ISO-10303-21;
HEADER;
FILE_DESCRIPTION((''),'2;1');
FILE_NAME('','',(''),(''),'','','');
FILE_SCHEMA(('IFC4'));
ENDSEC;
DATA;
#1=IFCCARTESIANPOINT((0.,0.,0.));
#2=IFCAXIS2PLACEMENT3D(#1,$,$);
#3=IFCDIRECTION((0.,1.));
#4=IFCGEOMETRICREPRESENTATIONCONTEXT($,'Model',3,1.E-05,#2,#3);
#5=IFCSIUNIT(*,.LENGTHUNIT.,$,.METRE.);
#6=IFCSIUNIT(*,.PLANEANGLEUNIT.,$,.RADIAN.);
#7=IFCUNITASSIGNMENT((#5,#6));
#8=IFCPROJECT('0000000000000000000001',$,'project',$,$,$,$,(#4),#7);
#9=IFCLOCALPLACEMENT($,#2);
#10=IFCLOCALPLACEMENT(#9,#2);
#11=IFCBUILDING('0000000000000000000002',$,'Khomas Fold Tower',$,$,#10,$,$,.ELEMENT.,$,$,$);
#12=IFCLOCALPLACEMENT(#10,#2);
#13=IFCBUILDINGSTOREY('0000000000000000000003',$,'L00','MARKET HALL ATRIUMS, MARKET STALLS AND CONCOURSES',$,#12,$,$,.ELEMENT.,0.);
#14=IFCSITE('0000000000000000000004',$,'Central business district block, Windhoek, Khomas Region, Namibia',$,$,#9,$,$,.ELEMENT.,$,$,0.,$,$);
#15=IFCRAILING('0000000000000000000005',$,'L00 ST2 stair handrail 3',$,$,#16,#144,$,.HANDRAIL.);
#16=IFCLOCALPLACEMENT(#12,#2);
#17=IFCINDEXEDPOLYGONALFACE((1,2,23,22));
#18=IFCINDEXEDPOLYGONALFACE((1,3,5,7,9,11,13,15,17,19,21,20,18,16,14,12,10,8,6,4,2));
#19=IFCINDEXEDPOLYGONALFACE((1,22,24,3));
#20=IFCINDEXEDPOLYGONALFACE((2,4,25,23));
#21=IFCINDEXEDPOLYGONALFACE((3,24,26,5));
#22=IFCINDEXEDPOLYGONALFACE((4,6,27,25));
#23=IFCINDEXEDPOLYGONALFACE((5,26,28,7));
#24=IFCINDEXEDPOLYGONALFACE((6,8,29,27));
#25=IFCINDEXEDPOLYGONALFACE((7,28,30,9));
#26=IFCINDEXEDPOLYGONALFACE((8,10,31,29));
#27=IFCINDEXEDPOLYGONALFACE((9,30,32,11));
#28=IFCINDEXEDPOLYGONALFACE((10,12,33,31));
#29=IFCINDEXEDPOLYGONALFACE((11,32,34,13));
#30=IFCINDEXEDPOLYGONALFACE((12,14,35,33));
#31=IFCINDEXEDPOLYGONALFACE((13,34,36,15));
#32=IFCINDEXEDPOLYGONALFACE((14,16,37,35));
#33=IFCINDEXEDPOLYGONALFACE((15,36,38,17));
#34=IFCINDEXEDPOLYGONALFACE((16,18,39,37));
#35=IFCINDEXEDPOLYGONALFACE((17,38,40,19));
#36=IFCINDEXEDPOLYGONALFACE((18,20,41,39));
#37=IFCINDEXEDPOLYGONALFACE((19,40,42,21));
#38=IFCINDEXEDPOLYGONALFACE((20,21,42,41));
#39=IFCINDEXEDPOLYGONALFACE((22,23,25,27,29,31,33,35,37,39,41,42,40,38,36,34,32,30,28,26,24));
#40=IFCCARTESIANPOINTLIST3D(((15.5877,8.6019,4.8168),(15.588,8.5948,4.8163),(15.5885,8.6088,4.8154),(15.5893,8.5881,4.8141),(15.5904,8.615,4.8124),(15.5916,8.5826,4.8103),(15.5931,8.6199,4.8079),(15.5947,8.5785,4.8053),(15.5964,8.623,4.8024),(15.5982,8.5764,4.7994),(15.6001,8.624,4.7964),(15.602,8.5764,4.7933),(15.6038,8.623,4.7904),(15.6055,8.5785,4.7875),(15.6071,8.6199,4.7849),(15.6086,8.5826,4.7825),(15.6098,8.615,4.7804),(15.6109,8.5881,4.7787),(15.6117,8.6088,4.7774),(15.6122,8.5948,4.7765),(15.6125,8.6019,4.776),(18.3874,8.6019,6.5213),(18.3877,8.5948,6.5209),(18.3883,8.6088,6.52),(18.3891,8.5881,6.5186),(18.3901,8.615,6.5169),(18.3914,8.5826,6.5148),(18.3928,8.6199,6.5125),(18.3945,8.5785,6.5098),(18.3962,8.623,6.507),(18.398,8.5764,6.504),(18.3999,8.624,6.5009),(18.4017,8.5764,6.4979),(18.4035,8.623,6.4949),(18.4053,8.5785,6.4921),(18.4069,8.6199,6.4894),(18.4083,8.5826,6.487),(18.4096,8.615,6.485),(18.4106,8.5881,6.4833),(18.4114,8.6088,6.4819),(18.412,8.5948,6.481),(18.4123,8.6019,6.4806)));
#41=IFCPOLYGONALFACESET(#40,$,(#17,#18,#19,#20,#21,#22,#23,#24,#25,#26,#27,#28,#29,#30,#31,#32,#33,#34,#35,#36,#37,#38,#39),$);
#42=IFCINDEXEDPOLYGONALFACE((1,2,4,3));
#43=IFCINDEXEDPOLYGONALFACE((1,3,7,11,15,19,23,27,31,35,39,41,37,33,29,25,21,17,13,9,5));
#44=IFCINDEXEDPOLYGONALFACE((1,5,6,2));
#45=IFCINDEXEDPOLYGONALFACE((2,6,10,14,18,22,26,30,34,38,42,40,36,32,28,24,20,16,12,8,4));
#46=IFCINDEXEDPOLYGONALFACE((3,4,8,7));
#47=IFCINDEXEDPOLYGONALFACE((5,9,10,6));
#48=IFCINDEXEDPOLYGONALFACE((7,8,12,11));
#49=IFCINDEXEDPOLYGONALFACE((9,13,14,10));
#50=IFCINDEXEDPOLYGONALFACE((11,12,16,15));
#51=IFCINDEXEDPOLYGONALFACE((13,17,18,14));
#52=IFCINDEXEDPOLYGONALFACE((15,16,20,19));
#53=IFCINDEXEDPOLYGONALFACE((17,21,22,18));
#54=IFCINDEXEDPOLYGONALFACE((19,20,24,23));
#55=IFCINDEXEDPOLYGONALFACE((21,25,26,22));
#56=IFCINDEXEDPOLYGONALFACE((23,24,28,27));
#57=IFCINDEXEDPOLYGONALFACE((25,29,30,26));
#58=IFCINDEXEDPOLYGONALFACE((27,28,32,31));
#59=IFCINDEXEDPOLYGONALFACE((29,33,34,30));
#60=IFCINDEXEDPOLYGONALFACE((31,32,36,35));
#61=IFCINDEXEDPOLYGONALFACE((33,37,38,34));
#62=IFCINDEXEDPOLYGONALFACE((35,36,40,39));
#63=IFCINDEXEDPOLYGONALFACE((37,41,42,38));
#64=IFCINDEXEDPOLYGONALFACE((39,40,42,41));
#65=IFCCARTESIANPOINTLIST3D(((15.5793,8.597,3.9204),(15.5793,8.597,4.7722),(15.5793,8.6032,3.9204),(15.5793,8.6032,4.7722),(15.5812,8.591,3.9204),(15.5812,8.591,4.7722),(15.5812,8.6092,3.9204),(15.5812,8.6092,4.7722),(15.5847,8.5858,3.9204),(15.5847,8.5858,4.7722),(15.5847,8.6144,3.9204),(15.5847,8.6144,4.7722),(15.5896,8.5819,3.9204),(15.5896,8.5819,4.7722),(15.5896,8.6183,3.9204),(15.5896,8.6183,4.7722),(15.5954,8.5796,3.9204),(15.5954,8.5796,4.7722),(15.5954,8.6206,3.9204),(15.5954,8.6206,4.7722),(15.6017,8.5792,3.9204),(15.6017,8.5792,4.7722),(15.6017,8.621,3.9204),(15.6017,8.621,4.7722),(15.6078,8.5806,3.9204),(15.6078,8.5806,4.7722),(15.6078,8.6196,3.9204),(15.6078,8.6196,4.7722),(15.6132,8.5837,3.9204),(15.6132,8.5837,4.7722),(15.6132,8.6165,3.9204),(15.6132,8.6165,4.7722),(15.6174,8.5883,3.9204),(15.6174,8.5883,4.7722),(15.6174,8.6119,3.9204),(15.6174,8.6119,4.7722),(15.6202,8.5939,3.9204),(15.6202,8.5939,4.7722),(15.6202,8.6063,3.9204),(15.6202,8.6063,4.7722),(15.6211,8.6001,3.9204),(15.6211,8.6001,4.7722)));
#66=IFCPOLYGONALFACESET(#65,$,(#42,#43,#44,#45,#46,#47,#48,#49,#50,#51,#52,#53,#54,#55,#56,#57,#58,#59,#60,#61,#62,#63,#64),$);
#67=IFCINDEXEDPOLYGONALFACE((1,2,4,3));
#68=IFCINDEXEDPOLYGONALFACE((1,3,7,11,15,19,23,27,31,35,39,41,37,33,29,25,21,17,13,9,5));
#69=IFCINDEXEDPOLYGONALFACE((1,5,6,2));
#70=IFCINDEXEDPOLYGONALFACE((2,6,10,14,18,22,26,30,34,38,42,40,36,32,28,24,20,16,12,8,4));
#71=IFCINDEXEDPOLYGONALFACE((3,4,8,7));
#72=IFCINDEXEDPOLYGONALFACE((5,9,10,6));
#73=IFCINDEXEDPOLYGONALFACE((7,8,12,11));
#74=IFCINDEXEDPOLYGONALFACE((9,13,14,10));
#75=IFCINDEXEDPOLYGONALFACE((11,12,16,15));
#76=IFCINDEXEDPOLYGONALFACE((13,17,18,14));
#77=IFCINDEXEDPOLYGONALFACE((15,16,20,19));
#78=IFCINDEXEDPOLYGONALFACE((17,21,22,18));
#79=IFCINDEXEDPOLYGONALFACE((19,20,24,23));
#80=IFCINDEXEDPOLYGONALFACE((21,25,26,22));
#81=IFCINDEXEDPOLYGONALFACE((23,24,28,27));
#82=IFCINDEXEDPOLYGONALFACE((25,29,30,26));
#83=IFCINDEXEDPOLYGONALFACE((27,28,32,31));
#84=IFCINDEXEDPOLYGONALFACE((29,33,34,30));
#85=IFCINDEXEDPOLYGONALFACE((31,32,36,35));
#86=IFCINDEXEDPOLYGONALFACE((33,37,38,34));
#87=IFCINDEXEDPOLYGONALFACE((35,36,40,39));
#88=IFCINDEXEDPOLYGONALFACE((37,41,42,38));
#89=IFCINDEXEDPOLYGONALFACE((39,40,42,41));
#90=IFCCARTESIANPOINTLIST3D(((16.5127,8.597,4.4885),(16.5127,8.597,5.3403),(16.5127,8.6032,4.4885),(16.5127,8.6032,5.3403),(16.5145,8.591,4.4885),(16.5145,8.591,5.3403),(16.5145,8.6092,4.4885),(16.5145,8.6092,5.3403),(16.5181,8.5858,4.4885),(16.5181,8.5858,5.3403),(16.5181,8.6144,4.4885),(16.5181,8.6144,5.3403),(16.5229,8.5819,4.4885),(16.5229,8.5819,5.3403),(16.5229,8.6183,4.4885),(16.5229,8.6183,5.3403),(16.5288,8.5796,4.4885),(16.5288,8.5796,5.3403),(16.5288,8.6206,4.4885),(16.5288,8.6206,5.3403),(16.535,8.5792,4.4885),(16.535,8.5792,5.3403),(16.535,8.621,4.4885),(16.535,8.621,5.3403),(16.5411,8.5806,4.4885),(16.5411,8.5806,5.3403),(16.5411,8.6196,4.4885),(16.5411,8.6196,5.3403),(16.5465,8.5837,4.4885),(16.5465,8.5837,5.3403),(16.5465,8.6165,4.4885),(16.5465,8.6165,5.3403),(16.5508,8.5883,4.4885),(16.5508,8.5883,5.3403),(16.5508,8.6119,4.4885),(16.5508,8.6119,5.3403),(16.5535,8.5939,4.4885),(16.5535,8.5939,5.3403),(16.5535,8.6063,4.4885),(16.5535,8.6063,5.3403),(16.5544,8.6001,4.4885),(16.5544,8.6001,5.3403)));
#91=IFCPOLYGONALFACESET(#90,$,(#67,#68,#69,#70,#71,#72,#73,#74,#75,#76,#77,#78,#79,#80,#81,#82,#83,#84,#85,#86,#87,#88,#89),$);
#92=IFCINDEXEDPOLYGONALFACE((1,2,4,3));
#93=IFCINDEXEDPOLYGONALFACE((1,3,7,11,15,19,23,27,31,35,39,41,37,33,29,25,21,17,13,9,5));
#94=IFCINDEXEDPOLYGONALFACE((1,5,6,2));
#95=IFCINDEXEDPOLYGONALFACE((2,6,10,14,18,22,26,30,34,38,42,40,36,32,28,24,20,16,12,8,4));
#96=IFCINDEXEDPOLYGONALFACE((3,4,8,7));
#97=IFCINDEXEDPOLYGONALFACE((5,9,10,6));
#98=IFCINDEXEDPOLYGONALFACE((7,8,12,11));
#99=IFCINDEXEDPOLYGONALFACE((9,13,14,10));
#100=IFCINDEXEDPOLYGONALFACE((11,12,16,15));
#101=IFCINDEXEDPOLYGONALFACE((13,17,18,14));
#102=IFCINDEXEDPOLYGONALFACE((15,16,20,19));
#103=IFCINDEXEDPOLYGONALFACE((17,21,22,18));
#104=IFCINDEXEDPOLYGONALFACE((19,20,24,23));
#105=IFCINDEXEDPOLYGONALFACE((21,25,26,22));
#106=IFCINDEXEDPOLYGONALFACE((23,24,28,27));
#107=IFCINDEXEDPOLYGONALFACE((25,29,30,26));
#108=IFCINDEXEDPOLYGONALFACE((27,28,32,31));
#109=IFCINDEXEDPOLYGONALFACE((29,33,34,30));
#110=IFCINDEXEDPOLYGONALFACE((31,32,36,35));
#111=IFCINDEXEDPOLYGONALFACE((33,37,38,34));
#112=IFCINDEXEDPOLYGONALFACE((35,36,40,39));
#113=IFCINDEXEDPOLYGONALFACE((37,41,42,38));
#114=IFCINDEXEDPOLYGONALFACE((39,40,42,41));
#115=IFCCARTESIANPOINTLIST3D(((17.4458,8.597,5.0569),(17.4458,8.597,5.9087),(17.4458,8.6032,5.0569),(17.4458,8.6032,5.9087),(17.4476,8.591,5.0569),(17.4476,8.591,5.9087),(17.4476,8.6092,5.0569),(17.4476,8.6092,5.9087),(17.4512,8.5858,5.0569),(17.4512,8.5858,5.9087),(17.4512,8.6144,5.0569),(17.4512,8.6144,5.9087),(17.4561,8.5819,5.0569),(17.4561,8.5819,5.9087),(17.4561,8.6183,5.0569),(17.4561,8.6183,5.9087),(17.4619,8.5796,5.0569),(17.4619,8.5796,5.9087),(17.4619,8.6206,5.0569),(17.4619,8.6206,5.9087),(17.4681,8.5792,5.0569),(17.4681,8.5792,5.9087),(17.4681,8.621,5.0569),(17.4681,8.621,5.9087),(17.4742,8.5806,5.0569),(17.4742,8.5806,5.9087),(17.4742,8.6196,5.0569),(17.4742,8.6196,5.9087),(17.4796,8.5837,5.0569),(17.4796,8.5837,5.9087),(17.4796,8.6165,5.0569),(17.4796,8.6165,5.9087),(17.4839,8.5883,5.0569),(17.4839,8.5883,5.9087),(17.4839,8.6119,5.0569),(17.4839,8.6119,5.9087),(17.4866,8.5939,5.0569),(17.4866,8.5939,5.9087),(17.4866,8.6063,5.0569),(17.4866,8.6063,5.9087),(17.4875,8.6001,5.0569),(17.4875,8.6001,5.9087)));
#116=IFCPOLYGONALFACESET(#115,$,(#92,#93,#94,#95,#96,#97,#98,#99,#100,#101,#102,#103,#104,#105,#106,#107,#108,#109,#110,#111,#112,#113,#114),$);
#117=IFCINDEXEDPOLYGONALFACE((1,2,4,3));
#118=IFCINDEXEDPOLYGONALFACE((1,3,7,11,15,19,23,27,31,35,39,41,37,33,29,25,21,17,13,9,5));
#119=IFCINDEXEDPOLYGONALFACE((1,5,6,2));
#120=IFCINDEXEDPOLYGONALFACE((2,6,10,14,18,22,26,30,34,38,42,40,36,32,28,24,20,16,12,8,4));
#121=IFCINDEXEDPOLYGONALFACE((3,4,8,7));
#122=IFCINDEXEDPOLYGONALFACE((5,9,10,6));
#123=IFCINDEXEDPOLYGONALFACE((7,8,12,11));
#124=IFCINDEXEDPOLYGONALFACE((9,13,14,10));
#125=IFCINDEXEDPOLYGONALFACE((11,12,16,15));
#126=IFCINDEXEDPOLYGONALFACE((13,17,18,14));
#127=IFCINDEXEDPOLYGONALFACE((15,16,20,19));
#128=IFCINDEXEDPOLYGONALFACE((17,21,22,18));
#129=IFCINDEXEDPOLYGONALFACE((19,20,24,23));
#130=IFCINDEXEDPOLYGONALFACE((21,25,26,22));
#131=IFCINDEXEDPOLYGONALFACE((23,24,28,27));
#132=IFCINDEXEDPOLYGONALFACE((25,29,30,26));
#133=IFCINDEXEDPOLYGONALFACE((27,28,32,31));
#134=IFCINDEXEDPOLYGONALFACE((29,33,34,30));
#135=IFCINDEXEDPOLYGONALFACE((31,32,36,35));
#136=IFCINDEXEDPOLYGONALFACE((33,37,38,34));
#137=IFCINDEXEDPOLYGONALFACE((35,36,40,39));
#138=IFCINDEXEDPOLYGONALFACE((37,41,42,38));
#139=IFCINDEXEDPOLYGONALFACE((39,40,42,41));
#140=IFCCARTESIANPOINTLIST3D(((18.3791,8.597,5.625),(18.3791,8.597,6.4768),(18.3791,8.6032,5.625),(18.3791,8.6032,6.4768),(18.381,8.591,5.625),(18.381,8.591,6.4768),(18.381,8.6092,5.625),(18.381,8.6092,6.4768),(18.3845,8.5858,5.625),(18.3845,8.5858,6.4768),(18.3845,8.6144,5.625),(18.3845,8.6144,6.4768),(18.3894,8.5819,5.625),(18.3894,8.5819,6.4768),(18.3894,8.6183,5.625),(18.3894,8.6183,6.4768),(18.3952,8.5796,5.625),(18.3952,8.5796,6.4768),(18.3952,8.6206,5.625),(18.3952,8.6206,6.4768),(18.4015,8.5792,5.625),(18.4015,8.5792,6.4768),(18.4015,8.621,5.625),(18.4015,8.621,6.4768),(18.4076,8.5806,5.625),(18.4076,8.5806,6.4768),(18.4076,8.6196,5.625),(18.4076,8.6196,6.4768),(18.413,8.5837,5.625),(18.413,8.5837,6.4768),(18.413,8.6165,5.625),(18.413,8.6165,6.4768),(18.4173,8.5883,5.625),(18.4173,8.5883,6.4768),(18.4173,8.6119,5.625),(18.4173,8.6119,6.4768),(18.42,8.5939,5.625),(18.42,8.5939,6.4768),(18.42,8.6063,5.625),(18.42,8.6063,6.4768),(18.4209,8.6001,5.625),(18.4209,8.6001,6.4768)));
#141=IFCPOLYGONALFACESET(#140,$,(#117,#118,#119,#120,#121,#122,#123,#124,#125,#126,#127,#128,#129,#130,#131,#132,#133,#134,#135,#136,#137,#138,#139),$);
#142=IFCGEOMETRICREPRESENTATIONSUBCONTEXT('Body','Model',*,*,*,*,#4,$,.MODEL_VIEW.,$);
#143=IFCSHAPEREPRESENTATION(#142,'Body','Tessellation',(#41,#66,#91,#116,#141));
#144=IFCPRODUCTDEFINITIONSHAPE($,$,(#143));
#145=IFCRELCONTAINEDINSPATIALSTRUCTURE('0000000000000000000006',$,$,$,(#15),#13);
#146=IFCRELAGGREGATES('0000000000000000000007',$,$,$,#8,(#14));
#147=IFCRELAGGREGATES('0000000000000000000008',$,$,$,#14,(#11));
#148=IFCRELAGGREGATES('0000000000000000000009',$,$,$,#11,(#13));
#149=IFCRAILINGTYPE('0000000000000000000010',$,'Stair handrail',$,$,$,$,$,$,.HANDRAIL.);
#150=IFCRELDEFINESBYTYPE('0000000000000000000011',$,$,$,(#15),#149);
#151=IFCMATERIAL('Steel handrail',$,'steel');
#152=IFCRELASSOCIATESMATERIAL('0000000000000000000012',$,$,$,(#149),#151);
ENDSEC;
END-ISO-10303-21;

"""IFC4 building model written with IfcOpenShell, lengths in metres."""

from ifc_helpers import new_model, si_unit, direction, frame, origin, origin_2d, place, context, subcontext, project, spatial, circle, extrude, source, transform, mapped, material, type_object, element, save


model = new_model("IFC4")

# Units and contexts
model_context = context("Model", 3, precision=1e-05, world=origin(), true_north=direction((0.0, 1.0)))
body_context = subcontext(model_context, "Body", "Model", "MODEL_VIEW")
ifc_project = project(units=[si_unit("LENGTHUNIT", "METRE"), si_unit("PLANEANGLEUNIT", "RADIAN")], contexts=[model_context])

# Site, building, storey
site_placement = place(None, origin())
site = spatial("IfcSite", under=ifc_project, at=site_placement, Name="Central business district block, Windhoek, Khomas Region, Namibia", CompositionType="ELEMENT", RefElevation=0.0)
building_placement = place(site_placement, origin())
building = spatial("IfcBuilding", under=site, at=building_placement, Name="Khomas Fold Tower", CompositionType="ELEMENT")
storey_placement = place(building_placement, origin())
storey = spatial("IfcBuildingStorey", under=building, at=storey_placement, Name="L00", Description="MARKET HALL ATRIUMS, MARKET STALLS AND CONCOURSES", CompositionType="ELEMENT", Elevation=0.0)

# Railing
ifc_material_1 = material(Name="Steel handrail", Category="steel")
railing_type_1 = type_object("IfcRailingType", Name="Stair handrail", PredefinedType="HANDRAIL", material=ifc_material_1)
shared_shape_1 = source(origin(), body_context, "Body", "SweptSolid", [
    extrude(circle(Radius=0.0239, at=origin_2d()), frame((0.0, 0.0, 0.876), z_axis=(0.85415, 0.0, 0.520027), x_axis=(0.0, 1.0, 0.0)), (0.0, 0.0, 1.0), 3.2778),
    extrude(circle(Radius=0.021, at=origin_2d()), origin(), (0.0, 0.0, 1.0), 0.8518),
    extrude(circle(Radius=0.021, at=origin_2d()), frame((0.9333, 0.0, 0.5681)), (0.0, 0.0, 1.0), 0.8518),
    extrude(circle(Radius=0.021, at=origin_2d()), frame((1.8665, 0.0, 1.1365)), (0.0, 0.0, 1.0), 0.8518),
    extrude(circle(Radius=0.021, at=origin_2d()), frame((2.7998, 0.0, 1.7046)), (0.0, 0.0, 1.0), 0.8518),
])
for number, where, name in (
    (1, (15.6001, 8.6001, 3.9204), "L00 ST2 stair handrail 3"),
):
    element("IfcRailing", number, at=place(storey_placement, frame(where)), inside=storey, type_object=railing_type_1, Name=name, PredefinedType="HANDRAIL", context=body_context, shape_type="MappedRepresentation", body=[
        mapped(shared_shape_1, transform((0.0, 0.0, 0.0))),
    ])

save(model, "model.ifc")
